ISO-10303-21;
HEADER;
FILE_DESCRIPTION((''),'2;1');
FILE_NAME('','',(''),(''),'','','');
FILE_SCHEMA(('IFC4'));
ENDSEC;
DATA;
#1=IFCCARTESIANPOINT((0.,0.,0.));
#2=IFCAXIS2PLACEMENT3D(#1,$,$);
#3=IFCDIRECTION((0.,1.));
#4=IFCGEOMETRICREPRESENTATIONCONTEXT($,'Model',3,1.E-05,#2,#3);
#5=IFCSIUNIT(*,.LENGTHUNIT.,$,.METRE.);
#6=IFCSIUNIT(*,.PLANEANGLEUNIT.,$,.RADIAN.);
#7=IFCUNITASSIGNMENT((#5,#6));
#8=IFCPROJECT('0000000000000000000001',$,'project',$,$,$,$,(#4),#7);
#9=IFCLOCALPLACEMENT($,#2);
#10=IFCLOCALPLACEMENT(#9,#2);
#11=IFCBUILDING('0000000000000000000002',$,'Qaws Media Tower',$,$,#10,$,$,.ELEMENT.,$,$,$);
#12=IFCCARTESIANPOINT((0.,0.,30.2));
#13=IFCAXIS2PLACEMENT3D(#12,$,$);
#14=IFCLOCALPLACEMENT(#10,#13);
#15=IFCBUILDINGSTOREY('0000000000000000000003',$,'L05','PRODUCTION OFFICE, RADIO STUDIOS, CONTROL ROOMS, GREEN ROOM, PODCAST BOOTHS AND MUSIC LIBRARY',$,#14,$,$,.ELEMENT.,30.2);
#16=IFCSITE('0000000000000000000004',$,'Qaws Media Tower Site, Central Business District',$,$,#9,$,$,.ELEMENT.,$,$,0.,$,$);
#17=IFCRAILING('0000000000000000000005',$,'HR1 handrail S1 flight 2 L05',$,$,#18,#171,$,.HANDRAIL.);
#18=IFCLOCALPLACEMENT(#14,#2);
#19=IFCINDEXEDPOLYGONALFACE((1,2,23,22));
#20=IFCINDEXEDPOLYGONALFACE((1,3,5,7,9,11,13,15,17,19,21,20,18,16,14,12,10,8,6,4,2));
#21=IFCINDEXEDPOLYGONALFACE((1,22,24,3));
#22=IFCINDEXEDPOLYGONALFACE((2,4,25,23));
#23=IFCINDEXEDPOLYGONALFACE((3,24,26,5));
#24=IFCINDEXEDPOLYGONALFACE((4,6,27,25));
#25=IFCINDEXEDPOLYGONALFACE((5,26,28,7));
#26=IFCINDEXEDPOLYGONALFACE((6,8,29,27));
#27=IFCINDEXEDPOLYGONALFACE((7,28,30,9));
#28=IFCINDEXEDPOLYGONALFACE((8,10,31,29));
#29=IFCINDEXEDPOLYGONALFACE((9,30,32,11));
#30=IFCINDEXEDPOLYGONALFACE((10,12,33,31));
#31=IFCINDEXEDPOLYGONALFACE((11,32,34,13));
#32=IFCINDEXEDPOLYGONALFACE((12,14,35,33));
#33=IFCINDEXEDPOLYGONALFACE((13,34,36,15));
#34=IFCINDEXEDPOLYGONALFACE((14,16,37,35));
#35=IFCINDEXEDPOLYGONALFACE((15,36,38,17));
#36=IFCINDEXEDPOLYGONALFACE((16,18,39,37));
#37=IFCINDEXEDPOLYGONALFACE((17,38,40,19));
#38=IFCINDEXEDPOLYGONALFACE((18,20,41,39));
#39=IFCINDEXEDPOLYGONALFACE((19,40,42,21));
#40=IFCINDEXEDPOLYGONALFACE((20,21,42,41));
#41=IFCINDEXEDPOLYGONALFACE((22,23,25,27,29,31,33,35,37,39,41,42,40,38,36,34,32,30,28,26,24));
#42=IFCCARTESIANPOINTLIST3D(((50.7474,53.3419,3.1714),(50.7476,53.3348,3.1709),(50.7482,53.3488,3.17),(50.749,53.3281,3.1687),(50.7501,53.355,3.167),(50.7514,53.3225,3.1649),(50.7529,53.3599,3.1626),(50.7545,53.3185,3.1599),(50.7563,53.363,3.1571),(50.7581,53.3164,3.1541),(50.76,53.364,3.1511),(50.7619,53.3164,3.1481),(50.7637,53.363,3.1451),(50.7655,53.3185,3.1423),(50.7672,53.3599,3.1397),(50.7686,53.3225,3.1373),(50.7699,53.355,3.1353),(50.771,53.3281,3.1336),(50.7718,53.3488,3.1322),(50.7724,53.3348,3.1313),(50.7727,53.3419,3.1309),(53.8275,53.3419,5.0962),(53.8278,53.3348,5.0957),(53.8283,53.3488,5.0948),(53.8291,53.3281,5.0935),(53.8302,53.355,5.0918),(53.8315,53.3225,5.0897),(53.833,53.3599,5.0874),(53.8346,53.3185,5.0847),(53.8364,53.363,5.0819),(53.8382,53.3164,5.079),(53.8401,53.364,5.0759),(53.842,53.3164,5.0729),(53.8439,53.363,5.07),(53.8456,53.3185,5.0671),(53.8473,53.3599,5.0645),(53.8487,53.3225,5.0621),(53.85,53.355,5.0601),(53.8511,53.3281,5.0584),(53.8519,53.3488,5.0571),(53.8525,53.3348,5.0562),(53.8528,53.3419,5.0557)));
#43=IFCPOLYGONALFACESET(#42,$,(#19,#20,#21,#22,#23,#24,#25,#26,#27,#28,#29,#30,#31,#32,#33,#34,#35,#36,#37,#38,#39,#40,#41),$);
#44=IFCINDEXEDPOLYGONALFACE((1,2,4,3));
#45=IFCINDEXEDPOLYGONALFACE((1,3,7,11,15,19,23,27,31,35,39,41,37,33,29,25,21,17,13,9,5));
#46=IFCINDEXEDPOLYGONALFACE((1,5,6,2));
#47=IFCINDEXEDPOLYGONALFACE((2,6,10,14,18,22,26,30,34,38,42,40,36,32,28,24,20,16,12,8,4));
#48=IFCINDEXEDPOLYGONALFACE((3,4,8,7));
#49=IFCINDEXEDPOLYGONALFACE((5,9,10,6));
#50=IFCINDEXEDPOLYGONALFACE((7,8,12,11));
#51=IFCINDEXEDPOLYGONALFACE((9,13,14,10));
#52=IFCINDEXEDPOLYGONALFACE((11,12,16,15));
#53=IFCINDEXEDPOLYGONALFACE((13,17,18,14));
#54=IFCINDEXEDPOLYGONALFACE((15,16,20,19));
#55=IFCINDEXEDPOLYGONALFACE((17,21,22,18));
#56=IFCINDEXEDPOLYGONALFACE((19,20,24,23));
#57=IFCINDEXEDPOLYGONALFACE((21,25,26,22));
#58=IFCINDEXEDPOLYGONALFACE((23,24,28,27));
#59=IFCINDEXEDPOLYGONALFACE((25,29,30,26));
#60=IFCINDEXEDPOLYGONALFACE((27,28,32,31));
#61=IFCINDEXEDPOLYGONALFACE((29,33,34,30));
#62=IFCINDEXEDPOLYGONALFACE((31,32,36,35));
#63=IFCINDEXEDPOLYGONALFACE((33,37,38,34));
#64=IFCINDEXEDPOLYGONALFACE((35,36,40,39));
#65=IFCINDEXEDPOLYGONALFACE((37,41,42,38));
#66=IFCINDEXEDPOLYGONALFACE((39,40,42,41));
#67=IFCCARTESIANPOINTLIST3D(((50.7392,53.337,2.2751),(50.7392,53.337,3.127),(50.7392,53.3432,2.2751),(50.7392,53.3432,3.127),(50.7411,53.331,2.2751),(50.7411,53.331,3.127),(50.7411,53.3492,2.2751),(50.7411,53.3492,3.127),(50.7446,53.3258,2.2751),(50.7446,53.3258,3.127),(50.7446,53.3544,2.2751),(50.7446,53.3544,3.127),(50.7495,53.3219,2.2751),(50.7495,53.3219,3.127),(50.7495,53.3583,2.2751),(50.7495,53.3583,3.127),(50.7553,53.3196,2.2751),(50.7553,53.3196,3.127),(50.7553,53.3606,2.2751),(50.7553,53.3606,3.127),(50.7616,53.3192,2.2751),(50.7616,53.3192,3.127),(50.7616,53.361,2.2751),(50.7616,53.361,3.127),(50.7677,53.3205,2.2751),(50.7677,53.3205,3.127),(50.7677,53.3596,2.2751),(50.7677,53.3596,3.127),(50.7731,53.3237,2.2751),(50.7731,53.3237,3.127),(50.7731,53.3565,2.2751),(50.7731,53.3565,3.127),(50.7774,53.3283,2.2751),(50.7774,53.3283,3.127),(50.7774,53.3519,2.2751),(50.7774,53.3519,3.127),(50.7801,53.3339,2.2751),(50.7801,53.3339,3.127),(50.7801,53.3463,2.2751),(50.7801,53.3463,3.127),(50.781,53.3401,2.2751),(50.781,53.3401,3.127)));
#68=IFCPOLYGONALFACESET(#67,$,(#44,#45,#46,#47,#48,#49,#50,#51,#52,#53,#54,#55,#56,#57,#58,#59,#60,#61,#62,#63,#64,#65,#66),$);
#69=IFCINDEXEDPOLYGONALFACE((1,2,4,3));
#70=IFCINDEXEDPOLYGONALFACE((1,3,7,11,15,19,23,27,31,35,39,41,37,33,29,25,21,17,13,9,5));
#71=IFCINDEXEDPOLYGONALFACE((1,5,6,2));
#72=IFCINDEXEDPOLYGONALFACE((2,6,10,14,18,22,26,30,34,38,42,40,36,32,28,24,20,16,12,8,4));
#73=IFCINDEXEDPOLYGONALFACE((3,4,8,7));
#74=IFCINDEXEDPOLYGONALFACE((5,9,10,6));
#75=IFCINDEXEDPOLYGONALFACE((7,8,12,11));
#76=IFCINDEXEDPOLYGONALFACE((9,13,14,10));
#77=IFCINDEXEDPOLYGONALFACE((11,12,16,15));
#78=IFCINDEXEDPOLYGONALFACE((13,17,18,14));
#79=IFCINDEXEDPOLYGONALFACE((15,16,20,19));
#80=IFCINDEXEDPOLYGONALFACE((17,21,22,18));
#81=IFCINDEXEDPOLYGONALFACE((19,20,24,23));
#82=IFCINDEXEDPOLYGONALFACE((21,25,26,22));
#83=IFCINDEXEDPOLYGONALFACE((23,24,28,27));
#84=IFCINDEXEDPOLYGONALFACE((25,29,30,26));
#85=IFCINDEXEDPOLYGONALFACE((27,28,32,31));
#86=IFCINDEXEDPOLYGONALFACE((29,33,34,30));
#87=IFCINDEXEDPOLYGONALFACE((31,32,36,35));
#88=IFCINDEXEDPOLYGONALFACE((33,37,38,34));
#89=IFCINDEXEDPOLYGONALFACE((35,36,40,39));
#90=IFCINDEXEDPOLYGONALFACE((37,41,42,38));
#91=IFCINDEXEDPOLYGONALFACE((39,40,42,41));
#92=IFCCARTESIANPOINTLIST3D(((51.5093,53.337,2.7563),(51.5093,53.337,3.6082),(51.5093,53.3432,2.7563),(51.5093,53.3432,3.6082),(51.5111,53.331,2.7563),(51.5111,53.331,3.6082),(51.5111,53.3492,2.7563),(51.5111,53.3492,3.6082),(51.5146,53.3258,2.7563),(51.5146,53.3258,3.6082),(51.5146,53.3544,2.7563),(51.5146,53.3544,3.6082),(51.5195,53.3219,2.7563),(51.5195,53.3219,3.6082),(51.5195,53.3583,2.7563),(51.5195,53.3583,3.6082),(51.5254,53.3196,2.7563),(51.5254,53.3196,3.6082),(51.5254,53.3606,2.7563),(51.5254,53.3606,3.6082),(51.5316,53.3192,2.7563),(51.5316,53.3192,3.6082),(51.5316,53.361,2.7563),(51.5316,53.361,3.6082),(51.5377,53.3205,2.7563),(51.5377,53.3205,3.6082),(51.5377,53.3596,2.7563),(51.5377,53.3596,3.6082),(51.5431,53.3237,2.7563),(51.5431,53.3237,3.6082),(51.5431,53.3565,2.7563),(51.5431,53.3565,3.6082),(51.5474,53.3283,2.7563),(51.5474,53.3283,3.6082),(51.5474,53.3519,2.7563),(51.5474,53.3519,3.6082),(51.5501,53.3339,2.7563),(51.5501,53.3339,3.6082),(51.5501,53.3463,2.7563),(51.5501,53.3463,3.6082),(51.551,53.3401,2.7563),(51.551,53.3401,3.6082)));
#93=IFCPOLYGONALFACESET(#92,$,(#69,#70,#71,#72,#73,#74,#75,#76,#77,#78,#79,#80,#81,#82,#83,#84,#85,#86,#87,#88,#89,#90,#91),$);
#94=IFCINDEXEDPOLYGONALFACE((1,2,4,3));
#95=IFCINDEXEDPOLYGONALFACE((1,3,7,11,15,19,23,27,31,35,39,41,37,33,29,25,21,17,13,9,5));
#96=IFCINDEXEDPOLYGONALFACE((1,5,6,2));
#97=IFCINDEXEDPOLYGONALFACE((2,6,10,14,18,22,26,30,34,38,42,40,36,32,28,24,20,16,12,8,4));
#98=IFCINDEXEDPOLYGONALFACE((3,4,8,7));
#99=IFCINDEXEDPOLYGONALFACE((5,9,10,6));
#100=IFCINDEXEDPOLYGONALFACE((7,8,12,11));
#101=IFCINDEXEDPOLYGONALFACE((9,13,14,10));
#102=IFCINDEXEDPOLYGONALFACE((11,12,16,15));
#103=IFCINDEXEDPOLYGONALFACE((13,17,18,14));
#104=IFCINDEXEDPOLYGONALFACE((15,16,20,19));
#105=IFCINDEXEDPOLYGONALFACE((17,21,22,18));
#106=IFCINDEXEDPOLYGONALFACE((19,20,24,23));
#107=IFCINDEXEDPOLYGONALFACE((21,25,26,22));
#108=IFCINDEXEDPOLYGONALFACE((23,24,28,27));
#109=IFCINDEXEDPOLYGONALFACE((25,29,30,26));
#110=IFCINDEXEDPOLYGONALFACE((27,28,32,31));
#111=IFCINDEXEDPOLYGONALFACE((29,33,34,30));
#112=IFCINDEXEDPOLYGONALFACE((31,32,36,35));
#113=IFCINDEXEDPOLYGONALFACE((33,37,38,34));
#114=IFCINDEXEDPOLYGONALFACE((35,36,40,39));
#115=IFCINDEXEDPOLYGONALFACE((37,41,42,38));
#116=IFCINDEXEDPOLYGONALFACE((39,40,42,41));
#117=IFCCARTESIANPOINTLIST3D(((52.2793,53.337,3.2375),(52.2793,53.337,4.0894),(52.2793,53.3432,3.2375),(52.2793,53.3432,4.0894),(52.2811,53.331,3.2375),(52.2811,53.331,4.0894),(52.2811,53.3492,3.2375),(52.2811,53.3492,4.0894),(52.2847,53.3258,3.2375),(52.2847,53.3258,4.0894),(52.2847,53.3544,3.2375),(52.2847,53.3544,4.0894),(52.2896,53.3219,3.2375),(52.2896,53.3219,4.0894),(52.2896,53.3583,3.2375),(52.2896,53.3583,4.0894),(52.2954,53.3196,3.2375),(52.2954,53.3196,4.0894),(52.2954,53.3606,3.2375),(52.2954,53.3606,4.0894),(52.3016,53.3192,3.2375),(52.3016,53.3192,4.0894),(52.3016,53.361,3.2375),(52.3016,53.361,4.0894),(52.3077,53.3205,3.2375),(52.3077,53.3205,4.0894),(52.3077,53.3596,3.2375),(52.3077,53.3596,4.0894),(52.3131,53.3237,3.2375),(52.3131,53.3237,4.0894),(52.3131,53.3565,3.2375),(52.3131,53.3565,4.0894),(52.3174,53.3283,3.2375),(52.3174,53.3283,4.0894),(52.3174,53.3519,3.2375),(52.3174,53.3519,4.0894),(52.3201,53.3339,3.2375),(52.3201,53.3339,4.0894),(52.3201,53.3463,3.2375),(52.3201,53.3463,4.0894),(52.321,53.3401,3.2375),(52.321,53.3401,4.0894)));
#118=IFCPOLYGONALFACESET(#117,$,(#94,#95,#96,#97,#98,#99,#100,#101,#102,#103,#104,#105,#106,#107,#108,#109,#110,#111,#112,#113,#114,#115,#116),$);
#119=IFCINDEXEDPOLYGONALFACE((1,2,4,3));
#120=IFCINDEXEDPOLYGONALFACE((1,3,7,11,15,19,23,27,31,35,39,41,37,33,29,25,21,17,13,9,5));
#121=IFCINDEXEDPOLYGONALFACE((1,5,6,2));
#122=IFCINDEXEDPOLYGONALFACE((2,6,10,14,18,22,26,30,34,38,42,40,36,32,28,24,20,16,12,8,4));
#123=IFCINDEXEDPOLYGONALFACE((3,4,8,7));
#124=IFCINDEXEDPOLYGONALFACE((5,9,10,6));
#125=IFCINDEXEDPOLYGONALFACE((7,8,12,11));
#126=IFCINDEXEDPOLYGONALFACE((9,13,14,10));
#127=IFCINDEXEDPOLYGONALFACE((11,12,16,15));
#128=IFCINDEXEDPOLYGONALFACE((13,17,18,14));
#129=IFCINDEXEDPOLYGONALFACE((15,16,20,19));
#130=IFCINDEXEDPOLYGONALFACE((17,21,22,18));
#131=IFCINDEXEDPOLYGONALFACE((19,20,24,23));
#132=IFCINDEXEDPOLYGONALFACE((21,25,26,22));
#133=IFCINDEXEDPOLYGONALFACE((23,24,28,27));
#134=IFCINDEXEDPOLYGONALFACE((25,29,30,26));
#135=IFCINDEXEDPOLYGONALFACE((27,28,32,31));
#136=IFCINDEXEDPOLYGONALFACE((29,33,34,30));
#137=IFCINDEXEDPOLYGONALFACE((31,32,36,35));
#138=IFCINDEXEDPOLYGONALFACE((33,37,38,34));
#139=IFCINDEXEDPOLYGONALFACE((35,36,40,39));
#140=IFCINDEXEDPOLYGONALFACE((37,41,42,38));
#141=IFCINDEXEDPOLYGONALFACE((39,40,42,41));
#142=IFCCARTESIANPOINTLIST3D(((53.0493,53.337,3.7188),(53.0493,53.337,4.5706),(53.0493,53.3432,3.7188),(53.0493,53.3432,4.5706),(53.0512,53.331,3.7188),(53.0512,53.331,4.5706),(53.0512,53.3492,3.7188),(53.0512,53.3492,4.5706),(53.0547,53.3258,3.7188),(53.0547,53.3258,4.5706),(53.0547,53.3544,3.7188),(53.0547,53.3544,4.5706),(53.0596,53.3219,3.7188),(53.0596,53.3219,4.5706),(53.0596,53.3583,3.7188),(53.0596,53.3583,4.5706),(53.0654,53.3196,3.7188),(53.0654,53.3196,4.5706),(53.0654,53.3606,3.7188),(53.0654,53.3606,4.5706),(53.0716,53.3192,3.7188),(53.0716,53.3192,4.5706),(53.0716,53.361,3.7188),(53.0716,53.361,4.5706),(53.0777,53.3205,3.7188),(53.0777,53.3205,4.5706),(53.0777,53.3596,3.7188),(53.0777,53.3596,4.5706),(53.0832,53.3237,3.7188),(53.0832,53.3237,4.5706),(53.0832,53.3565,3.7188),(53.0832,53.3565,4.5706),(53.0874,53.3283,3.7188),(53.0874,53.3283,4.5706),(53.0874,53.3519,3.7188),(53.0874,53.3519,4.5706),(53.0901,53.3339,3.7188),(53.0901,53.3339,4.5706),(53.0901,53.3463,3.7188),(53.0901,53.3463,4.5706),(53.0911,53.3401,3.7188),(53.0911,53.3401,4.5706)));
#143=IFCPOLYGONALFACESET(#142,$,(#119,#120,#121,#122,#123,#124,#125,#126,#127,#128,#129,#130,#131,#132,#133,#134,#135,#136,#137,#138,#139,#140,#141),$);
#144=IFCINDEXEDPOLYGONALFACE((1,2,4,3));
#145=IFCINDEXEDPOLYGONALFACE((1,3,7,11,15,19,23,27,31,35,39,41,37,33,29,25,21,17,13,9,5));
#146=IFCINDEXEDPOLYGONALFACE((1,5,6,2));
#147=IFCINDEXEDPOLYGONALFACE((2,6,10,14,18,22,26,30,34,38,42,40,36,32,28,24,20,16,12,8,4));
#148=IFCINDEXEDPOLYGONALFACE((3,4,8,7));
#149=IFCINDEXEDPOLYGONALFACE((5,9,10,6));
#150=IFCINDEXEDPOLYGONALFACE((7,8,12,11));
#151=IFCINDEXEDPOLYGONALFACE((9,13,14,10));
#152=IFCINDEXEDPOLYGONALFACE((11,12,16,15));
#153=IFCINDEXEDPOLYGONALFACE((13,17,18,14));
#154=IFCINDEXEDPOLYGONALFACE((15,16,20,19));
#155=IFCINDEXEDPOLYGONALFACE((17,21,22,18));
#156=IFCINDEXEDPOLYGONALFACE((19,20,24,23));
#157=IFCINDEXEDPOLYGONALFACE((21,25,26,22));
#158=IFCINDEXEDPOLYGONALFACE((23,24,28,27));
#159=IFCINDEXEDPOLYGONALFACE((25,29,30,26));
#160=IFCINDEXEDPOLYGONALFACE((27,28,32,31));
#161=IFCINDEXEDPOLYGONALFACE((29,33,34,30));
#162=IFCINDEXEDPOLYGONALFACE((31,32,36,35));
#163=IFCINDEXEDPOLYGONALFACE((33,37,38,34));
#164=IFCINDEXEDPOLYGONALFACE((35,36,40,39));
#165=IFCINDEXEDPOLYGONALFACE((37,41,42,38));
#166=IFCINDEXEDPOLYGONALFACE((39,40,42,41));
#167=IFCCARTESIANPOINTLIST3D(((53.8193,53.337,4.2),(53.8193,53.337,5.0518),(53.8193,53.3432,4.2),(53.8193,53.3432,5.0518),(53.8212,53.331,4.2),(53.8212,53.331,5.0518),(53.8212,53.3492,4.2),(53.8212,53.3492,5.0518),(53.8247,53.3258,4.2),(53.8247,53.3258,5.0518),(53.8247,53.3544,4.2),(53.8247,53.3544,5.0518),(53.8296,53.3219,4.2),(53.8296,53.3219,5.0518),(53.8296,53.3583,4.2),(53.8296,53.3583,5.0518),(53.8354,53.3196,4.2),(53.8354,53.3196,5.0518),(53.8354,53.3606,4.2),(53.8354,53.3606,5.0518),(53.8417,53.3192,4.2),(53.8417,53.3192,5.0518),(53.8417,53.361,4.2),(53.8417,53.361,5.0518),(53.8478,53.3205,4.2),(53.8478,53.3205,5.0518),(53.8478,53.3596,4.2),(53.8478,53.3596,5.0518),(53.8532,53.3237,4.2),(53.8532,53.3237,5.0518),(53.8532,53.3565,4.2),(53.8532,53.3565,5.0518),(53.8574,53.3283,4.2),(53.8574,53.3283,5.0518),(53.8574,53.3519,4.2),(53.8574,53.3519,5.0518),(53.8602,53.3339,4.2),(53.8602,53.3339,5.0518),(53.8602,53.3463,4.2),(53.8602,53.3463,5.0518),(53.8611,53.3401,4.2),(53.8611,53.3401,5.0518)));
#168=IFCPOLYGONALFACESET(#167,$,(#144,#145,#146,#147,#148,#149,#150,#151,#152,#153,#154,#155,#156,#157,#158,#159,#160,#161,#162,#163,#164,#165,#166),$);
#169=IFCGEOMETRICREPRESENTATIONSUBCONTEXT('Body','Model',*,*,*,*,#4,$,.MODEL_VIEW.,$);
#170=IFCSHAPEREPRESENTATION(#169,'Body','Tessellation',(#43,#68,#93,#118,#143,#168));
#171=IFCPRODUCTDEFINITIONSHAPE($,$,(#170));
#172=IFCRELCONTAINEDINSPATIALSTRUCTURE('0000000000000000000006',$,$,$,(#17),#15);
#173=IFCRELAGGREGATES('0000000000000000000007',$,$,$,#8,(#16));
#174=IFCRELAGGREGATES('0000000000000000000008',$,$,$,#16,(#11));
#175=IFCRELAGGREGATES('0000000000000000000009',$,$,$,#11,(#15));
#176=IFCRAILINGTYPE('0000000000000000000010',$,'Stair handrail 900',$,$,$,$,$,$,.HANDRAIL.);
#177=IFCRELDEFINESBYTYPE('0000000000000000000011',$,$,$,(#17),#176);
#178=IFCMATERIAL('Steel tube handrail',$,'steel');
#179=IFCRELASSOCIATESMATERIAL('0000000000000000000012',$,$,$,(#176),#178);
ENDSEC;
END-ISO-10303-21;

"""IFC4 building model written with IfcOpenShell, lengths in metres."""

from ifc_helpers import new_model, si_unit, direction, frame, origin, origin_2d, place, context, subcontext, project, spatial, circle, extrude, material, type_object, element, save


model = new_model("IFC4")

# Units and contexts
model_context = context("Model", 3, precision=1e-05, world=origin(), true_north=direction((0.0, 1.0)))
body_context = subcontext(model_context, "Body", "Model", "MODEL_VIEW")
ifc_project = project(units=[si_unit("LENGTHUNIT", "METRE"), si_unit("PLANEANGLEUNIT", "RADIAN")], contexts=[model_context])

# Site, building, storey
site_placement = place(None, origin())
site = spatial("IfcSite", under=ifc_project, at=site_placement, Name="Qaws Media Tower Site, Central Business District", CompositionType="ELEMENT", RefElevation=0.0)
building_placement = place(site_placement, origin())
building = spatial("IfcBuilding", under=site, at=building_placement, Name="Qaws Media Tower", CompositionType="ELEMENT")
storey_placement = place(building_placement, frame((0.0, 0.0, 30.2)))
storey = spatial("IfcBuildingStorey", under=building, at=storey_placement, Name="L05", Description="PRODUCTION OFFICE, RADIO STUDIOS, CONTROL ROOMS, GREEN ROOM, PODCAST BOOTHS AND MUSIC LIBRARY", CompositionType="ELEMENT", Elevation=30.2)

# Railing
ifc_material_1 = material(Name="Steel tube handrail", Category="steel")
railing_type = type_object("IfcRailingType", Name="Stair handrail 900", PredefinedType="HANDRAIL", material=ifc_material_1)
for number, where, name in (
    (1, (50.76, 53.3401, 2.2751), "HR1 handrail S1 flight 2 L05"),
):
    element("IfcRailing", number, at=place(storey_placement, frame(where)), inside=storey, type_object=railing_type, Name=name, PredefinedType="HANDRAIL", context=body_context, shape_type="SweptSolid", body=[
        extrude(circle(Radius=0.0239, at=origin_2d()), frame((0.0, 0.0, 0.876), z_axis=(0.848029, 0.0, 0.529951), x_axis=(0.0, 1.0, 0.0)), (0.0, 0.0, 1.0), 3.6321),
        extrude(circle(Radius=0.021, at=origin_2d()), origin(), (0.0, 0.0, 1.0), 0.8518),
        extrude(circle(Radius=0.021, at=origin_2d()), frame((0.77, 0.0, 0.4812)), (0.0, 0.0, 1.0), 0.8518),
        extrude(circle(Radius=0.021, at=origin_2d()), frame((1.54, 0.0, 0.9624)), (0.0, 0.0, 1.0), 0.8518),
        extrude(circle(Radius=0.021, at=origin_2d()), frame((2.3101, 0.0, 1.4436)), (0.0, 0.0, 1.0), 0.8518),
        extrude(circle(Radius=0.021, at=origin_2d()), frame((3.0801, 0.0, 1.9248)), (0.0, 0.0, 1.0), 0.8518),
    ])

save(model, "model.ifc")
